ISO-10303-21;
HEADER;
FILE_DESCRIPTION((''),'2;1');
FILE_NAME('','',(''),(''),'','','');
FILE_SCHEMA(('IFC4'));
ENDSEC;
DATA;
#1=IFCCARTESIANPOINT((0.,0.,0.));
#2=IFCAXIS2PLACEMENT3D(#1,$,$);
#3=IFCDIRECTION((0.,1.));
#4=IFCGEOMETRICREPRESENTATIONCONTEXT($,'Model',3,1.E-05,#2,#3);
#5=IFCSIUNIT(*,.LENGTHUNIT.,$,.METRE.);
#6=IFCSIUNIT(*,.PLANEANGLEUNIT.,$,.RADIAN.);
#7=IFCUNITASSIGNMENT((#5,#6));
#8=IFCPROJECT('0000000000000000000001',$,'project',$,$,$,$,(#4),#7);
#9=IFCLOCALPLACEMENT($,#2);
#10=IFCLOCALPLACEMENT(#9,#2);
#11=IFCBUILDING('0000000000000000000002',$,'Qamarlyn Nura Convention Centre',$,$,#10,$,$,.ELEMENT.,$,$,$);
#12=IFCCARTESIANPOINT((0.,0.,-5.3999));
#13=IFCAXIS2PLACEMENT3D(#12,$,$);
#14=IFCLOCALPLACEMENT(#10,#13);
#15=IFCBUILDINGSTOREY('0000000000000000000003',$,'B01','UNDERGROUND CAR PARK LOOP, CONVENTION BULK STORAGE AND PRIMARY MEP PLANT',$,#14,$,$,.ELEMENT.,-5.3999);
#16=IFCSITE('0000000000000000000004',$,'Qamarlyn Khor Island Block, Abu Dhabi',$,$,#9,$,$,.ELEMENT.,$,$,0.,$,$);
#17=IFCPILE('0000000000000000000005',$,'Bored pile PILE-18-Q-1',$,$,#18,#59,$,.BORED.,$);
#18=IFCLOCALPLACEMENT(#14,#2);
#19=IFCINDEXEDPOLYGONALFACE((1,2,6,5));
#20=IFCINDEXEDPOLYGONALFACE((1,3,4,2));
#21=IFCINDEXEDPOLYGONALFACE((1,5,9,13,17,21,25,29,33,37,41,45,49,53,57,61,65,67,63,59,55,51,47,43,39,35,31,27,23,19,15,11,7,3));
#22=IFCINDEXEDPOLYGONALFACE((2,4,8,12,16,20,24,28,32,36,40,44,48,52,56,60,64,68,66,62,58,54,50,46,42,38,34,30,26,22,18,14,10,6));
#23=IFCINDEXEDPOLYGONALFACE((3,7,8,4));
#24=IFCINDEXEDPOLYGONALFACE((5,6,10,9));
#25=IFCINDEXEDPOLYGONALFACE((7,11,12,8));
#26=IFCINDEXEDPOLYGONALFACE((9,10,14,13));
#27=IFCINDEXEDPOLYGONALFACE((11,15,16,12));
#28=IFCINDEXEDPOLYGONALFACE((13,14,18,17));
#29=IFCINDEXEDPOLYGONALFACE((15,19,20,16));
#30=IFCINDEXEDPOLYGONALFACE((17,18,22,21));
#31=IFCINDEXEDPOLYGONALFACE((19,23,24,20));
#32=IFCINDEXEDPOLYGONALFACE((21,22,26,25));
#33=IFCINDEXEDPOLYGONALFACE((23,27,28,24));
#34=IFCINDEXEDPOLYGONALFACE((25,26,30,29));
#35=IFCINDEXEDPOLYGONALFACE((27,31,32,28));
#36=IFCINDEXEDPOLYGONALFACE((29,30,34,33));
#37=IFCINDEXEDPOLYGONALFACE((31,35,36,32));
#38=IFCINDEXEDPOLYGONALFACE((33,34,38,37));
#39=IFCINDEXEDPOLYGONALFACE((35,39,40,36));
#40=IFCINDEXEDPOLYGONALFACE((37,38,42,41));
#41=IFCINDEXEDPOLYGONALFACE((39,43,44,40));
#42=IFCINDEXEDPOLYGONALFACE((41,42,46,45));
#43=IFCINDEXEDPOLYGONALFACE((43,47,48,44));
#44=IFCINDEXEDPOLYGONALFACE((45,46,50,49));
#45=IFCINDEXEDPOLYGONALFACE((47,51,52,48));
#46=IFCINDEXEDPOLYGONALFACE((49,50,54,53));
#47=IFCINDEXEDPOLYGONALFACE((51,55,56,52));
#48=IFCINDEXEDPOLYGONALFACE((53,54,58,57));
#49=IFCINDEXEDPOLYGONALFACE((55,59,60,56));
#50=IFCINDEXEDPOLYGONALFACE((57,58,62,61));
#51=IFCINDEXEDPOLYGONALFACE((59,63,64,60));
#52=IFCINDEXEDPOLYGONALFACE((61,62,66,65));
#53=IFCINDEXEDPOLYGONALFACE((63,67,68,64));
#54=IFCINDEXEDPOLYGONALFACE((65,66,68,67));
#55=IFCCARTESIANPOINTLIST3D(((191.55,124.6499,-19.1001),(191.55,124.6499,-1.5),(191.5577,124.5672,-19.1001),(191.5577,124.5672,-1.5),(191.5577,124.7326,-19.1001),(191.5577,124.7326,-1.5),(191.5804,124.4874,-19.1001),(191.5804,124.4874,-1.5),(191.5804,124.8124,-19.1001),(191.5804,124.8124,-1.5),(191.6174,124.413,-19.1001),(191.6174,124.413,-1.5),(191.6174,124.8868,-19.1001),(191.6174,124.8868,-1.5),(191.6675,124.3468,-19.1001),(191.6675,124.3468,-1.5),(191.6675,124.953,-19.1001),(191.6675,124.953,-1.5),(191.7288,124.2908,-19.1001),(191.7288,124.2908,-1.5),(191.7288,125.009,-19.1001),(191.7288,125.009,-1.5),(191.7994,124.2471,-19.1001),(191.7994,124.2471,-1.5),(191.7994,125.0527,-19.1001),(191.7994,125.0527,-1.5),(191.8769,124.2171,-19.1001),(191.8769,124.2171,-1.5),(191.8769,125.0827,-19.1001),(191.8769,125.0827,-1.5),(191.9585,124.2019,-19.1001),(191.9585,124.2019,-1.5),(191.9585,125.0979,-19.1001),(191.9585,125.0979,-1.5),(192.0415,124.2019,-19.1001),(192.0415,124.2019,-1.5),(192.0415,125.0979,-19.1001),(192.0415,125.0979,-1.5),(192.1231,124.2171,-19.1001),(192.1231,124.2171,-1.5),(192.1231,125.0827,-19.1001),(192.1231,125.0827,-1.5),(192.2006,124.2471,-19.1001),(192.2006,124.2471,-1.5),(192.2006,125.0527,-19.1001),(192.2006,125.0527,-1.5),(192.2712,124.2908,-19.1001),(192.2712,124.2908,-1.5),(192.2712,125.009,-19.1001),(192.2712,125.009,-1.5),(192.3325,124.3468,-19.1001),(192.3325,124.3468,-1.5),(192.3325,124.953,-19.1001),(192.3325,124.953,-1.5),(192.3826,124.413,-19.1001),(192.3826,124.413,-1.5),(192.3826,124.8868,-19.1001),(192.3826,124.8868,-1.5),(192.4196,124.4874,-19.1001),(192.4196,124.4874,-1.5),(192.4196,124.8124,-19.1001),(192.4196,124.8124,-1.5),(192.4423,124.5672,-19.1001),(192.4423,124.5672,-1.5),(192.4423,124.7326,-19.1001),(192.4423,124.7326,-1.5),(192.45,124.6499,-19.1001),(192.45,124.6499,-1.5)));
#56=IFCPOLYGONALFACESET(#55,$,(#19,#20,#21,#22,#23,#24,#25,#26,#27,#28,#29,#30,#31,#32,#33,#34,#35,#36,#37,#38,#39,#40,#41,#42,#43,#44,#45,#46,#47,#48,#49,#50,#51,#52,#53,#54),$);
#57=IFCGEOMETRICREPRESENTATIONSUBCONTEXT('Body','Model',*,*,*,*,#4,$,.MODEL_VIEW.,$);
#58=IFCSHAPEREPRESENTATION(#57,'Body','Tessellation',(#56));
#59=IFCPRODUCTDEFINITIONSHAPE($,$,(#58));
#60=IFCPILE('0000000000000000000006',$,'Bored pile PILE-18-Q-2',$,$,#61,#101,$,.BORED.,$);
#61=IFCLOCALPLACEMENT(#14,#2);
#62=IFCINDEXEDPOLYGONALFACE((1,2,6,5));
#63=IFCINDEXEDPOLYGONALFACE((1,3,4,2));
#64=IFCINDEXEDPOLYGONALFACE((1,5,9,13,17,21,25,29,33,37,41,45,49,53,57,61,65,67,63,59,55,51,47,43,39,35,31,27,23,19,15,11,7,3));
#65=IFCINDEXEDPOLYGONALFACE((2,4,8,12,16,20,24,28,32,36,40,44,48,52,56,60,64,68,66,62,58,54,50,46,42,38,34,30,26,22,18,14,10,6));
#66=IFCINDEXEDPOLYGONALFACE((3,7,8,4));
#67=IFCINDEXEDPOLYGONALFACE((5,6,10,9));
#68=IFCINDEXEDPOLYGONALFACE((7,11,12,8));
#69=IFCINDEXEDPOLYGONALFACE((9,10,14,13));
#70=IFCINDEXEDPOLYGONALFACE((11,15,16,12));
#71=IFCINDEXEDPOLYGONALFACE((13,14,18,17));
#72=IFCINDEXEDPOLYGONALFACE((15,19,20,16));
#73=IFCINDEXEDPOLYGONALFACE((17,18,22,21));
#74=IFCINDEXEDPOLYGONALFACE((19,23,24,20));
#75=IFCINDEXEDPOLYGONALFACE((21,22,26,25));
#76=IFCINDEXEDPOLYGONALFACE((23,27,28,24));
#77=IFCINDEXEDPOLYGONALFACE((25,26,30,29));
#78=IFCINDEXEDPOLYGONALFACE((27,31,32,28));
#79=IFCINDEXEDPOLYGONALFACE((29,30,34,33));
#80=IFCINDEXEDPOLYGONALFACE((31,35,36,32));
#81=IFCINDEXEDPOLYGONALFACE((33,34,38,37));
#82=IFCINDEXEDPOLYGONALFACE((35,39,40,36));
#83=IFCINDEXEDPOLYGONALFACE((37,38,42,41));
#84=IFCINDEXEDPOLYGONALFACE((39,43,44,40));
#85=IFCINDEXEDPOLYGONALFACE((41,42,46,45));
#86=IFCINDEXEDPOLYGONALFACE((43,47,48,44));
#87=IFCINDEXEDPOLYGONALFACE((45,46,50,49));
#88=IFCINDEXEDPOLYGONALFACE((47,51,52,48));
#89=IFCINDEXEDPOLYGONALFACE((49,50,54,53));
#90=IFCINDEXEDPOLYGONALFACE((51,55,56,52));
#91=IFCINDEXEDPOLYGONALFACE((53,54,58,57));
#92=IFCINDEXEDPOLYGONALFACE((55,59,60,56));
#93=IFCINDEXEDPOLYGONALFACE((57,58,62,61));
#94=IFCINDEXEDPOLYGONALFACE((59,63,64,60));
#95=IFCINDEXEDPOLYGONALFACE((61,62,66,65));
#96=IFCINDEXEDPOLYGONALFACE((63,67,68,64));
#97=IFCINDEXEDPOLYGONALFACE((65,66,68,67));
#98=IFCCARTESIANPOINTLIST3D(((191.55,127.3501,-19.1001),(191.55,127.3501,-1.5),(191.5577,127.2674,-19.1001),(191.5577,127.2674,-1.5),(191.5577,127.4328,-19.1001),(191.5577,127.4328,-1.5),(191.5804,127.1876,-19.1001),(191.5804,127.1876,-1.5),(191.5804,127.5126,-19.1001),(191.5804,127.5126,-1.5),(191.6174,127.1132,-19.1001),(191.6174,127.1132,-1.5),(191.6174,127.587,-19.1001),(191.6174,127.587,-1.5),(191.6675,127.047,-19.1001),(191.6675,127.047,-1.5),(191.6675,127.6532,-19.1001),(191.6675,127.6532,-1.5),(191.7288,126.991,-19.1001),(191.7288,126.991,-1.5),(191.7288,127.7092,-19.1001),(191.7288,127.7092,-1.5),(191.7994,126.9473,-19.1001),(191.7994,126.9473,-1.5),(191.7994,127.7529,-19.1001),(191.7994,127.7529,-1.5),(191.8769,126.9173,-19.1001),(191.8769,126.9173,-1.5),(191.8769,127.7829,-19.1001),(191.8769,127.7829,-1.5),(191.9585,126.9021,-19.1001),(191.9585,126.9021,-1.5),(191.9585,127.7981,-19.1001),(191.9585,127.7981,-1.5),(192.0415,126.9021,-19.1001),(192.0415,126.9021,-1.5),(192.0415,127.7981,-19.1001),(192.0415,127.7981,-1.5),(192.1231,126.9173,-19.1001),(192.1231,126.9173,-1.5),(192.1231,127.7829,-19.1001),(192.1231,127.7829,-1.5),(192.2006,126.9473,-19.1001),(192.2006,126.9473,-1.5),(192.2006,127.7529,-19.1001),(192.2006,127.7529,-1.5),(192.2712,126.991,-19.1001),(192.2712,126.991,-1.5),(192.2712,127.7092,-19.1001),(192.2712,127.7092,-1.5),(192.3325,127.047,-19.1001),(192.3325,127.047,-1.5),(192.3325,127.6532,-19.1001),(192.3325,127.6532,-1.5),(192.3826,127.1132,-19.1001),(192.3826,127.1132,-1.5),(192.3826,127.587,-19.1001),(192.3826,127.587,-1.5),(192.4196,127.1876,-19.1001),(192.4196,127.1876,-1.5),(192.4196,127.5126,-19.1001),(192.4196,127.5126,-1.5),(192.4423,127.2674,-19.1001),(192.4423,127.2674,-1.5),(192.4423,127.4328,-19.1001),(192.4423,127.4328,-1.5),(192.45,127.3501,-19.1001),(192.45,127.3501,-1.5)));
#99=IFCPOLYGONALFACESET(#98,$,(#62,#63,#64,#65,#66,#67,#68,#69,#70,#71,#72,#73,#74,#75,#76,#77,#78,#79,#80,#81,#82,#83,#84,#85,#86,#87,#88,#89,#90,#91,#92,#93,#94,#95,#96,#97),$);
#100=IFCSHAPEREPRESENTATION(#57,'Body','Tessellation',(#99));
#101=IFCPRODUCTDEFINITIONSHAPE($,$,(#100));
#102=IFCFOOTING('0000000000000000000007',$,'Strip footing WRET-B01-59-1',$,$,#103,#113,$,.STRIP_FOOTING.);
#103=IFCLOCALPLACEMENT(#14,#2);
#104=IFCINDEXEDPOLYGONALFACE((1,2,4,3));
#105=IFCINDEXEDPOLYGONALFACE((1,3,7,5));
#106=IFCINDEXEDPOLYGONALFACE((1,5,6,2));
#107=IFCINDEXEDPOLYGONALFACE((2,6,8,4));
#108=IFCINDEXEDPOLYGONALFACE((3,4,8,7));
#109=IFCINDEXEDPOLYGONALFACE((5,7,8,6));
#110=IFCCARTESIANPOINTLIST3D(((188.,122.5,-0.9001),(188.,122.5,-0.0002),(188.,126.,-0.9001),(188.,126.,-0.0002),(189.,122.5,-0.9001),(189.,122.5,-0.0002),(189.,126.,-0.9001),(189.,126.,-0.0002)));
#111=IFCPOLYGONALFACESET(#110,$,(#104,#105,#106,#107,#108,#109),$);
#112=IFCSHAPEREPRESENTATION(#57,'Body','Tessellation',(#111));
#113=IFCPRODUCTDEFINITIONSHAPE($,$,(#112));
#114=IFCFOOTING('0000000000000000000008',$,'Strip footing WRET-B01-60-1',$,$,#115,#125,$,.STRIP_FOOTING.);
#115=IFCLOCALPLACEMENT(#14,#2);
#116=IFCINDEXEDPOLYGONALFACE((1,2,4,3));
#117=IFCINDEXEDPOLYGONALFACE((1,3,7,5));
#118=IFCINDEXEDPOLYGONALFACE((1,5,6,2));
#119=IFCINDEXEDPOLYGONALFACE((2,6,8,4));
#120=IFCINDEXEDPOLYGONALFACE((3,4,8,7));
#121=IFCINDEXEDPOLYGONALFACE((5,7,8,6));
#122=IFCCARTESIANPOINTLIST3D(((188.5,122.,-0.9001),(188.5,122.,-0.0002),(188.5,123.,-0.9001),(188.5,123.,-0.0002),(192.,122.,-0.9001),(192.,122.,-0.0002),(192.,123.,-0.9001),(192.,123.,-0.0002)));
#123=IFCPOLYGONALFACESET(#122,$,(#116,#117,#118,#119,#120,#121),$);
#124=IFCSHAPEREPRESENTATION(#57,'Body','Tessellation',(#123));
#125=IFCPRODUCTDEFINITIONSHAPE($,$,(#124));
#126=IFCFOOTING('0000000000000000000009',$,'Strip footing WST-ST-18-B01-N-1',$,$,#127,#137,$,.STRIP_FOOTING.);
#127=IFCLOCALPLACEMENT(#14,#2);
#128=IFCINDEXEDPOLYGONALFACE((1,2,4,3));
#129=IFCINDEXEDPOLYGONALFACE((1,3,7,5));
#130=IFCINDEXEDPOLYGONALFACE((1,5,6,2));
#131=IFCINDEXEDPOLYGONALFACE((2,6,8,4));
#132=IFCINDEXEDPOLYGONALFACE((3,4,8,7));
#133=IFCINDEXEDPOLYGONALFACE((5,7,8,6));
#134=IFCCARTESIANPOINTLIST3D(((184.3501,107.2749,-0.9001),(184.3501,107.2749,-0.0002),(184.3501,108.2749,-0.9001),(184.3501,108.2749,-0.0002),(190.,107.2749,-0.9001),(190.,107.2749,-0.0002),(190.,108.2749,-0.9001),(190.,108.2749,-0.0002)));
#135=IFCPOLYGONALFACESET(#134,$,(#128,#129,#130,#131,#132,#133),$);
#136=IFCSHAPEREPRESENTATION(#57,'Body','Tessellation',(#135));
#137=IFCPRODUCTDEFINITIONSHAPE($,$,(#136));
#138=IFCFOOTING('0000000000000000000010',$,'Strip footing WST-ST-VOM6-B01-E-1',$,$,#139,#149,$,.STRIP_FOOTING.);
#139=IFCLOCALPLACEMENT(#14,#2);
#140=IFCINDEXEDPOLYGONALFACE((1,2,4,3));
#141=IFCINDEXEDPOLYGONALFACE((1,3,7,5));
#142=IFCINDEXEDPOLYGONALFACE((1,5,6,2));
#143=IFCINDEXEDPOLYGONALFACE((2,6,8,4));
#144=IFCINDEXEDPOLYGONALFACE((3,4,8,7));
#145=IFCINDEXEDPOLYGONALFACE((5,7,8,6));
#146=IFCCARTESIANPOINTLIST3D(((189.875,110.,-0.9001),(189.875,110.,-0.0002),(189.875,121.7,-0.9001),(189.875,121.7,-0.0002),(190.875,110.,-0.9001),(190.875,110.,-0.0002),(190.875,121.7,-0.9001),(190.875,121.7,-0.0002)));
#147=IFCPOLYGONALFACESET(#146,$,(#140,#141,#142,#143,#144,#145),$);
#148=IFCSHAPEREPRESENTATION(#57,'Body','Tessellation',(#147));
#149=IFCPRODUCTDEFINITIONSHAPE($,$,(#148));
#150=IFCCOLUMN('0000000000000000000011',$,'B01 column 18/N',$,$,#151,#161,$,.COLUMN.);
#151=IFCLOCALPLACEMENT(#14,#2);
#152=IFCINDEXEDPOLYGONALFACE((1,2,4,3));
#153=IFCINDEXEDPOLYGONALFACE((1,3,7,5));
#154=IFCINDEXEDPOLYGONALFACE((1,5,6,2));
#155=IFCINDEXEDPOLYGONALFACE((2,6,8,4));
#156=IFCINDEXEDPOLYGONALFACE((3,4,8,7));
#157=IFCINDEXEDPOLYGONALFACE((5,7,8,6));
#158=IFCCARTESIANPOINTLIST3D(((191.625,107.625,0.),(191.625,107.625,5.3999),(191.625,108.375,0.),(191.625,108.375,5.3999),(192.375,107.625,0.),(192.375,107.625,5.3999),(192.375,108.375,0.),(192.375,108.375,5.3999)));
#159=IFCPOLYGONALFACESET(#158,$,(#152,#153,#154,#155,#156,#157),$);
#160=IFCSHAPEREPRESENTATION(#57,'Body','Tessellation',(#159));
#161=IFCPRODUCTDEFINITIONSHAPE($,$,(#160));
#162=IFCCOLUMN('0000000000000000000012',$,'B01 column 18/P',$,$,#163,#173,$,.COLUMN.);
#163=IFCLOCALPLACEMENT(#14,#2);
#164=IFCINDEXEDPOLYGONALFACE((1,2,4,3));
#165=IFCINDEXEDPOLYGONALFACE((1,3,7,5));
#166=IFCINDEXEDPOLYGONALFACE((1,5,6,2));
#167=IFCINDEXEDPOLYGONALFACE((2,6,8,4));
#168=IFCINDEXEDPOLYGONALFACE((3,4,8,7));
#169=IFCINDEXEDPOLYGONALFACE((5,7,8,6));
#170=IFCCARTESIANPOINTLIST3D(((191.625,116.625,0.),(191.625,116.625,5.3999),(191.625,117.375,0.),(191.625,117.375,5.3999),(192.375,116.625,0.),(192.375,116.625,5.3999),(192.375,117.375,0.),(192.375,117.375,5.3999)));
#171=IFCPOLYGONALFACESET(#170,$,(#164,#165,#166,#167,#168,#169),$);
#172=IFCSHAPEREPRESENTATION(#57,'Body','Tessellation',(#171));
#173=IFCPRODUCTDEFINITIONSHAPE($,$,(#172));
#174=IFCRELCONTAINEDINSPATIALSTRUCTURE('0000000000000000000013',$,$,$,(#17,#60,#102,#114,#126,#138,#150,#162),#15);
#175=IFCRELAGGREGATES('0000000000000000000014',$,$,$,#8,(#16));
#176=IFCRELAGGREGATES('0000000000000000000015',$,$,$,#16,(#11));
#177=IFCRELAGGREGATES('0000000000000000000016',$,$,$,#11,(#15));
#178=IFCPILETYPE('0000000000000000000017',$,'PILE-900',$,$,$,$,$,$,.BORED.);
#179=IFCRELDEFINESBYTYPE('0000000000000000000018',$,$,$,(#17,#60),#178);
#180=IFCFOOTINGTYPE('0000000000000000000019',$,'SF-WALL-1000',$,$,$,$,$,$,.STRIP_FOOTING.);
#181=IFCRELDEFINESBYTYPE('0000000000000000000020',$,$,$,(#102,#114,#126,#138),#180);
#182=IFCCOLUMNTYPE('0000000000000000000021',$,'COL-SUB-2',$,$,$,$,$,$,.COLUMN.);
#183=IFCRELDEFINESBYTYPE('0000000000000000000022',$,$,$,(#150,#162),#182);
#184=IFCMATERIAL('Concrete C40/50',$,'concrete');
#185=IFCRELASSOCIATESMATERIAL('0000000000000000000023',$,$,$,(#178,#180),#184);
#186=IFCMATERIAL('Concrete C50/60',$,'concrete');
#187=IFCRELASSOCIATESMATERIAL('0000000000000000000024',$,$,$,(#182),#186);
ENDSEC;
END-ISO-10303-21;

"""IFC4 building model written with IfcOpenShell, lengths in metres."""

from ifc_helpers import new_model, si_unit, direction, frame, origin, origin_2d, place, context, subcontext, project, spatial, rectangle, circle, extrude, material, material_profile, profile_set, type_object, element, save


model = new_model("IFC4")

# Units and contexts
model_context = context("Model", 3, precision=1e-05, world=origin(), true_north=direction((0.0, 1.0)))
body_context = subcontext(model_context, "Body", "Model", "MODEL_VIEW")
ifc_project = project(units=[si_unit("LENGTHUNIT", "METRE"), si_unit("PLANEANGLEUNIT", "RADIAN")], contexts=[model_context])

# Site, building, storey
site_placement = place(None, origin())
site = spatial("IfcSite", under=ifc_project, at=site_placement, Name="Qamarlyn Khor Island Block, Abu Dhabi", CompositionType="ELEMENT", RefElevation=0.0)
building_placement = place(site_placement, origin())
building = spatial("IfcBuilding", under=site, at=building_placement, Name="Qamarlyn Nura Convention Centre", CompositionType="ELEMENT")
storey_placement = place(building_placement, frame((0.0, 0.0, -5.3999)))
storey = spatial("IfcBuildingStorey", under=building, at=storey_placement, Name="B01", Description="UNDERGROUND CAR PARK LOOP, CONVENTION BULK STORAGE AND PRIMARY MEP PLANT", CompositionType="ELEMENT", Elevation=-5.3999)

# Shared definitions
ifc_material_1 = material(Name="Concrete C40/50", Category="concrete")

# Piles
ifc_material_profile_1 = material_profile(ifc_material_1, circle(Radius=0.45, at=origin_2d()), Name="BORED PILE 900")
ifc_profile_set_1 = profile_set([ifc_material_profile_1], Name="Concrete C40/50")
pile_type = type_object("IfcPileType", Name="PILE-900", PredefinedType="BORED", material=ifc_profile_set_1)
for number, where, z_axis, x_axis, name in (
    (1, (192.0, 124.6499, -1.5), (0.0, 0.0, -1.0), (1.0, 0.0, 0.0), "Bored pile PILE-18-Q-1"),
    (2, (192.0, 127.3501, -1.5), (0.0, 0.0, -1.0), (1.0, 0.0, 0.0), "Bored pile PILE-18-Q-2"),
):
    element("IfcPile", number, at=place(storey_placement, frame(where, z_axis=z_axis, x_axis=x_axis)), inside=storey, type_object=pile_type, Name=name, PredefinedType="BORED", context=body_context, shape_type="SweptSolid", body=[
        extrude(circle(Radius=0.45, at=origin_2d()), origin(), (0.0, 0.0, 1.0), 17.6001),
    ])

# Footings
ifc_material_profile_2 = material_profile(ifc_material_1, rectangle(XDim=1.0, YDim=0.8999, at=origin_2d()), Name="RC STRIP 1000x900")
ifc_profile_set_2 = profile_set([ifc_material_profile_2], Name="Concrete C40/50")
footing_type_1 = type_object("IfcFootingType", Name="SF-WALL-1000", PredefinedType="STRIP_FOOTING", material=ifc_profile_set_2)
for number, where, z_axis, x_axis, name in (
    (3, (188.5, 126.0, -0.4502), (0.0, -1.0, 0.0), (1.0, 0.0, 0.0), "Strip footing WRET-B01-59-1"),
    (4, (188.5, 122.5, -0.4502), (1.0, 0.0, 0.0), (0.0, 1.0, 0.0), "Strip footing WRET-B01-60-1"),
):
    element("IfcFooting", number, at=place(storey_placement, frame(where, z_axis=z_axis, x_axis=x_axis)), inside=storey, type_object=footing_type_1, Name=name, PredefinedType="STRIP_FOOTING", context=body_context, shape_type="SweptSolid", body=[
        extrude(rectangle(XDim=1.0, YDim=0.8999, at=origin_2d()), origin(), (0.0, 0.0, 1.0), 3.5),
    ])
footing_1_placement = place(storey_placement, frame((190.0, 107.7749, -0.4502), z_axis=(-1.0, 0.0, 0.0), x_axis=(0.0, -1.0, 0.0)))
element("IfcFooting", 5, at=footing_1_placement, inside=storey, type_object=footing_type_1, Name="Strip footing WST-ST-18-B01-N-1", PredefinedType="STRIP_FOOTING", context=body_context, shape_type="SweptSolid", body=[
    extrude(rectangle(XDim=1.0, YDim=0.8999, at=origin_2d()), origin(), (0.0, 0.0, 1.0), 5.6499),
])
footing_2_placement = place(storey_placement, frame((190.375, 110.0, -0.4502), z_axis=(0.0, 1.0, 0.0), x_axis=(-1.0, 0.0, 0.0)))
element("IfcFooting", 6, at=footing_2_placement, inside=storey, type_object=footing_type_1, Name="Strip footing WST-ST-VOM6-B01-E-1", PredefinedType="STRIP_FOOTING", context=body_context, shape_type="SweptSolid", body=[
    extrude(rectangle(XDim=1.0, YDim=0.8999, at=origin_2d()), origin(), (0.0, 0.0, 1.0), 11.7),
])

# Columns
ifc_material_2 = material(Name="Concrete C50/60", Category="concrete")
ifc_material_profile_3 = material_profile(ifc_material_2, rectangle(XDim=0.75, YDim=0.75, at=origin_2d()), Name="RC 750x750")
ifc_profile_set_3 = profile_set([ifc_material_profile_3], Name="Concrete C50/60")
column_type_1 = type_object("IfcColumnType", Name="COL-SUB-2", PredefinedType="COLUMN", material=ifc_profile_set_3)
for number, where, z_axis, x_axis, name in (
    (7, (192.0, 108.0, 0.0), (0.0, 0.0, 1.0), (1.0, 0.0, 0.0), "B01 column 18/N"),
    (8, (192.0, 117.0, 0.0), (0.0, 0.0, 1.0), (1.0, 0.0, 0.0), "B01 column 18/P"),
):
    element("IfcColumn", number, at=place(storey_placement, frame(where, z_axis=z_axis, x_axis=x_axis)), inside=storey, type_object=column_type_1, Name=name, PredefinedType="COLUMN", context=body_context, shape_type="SweptSolid", body=[
        extrude(rectangle(XDim=0.75, YDim=0.75, at=origin_2d()), origin(), (0.0, 0.0, 1.0), 5.3999),
    ])

save(model, "model.ifc")
